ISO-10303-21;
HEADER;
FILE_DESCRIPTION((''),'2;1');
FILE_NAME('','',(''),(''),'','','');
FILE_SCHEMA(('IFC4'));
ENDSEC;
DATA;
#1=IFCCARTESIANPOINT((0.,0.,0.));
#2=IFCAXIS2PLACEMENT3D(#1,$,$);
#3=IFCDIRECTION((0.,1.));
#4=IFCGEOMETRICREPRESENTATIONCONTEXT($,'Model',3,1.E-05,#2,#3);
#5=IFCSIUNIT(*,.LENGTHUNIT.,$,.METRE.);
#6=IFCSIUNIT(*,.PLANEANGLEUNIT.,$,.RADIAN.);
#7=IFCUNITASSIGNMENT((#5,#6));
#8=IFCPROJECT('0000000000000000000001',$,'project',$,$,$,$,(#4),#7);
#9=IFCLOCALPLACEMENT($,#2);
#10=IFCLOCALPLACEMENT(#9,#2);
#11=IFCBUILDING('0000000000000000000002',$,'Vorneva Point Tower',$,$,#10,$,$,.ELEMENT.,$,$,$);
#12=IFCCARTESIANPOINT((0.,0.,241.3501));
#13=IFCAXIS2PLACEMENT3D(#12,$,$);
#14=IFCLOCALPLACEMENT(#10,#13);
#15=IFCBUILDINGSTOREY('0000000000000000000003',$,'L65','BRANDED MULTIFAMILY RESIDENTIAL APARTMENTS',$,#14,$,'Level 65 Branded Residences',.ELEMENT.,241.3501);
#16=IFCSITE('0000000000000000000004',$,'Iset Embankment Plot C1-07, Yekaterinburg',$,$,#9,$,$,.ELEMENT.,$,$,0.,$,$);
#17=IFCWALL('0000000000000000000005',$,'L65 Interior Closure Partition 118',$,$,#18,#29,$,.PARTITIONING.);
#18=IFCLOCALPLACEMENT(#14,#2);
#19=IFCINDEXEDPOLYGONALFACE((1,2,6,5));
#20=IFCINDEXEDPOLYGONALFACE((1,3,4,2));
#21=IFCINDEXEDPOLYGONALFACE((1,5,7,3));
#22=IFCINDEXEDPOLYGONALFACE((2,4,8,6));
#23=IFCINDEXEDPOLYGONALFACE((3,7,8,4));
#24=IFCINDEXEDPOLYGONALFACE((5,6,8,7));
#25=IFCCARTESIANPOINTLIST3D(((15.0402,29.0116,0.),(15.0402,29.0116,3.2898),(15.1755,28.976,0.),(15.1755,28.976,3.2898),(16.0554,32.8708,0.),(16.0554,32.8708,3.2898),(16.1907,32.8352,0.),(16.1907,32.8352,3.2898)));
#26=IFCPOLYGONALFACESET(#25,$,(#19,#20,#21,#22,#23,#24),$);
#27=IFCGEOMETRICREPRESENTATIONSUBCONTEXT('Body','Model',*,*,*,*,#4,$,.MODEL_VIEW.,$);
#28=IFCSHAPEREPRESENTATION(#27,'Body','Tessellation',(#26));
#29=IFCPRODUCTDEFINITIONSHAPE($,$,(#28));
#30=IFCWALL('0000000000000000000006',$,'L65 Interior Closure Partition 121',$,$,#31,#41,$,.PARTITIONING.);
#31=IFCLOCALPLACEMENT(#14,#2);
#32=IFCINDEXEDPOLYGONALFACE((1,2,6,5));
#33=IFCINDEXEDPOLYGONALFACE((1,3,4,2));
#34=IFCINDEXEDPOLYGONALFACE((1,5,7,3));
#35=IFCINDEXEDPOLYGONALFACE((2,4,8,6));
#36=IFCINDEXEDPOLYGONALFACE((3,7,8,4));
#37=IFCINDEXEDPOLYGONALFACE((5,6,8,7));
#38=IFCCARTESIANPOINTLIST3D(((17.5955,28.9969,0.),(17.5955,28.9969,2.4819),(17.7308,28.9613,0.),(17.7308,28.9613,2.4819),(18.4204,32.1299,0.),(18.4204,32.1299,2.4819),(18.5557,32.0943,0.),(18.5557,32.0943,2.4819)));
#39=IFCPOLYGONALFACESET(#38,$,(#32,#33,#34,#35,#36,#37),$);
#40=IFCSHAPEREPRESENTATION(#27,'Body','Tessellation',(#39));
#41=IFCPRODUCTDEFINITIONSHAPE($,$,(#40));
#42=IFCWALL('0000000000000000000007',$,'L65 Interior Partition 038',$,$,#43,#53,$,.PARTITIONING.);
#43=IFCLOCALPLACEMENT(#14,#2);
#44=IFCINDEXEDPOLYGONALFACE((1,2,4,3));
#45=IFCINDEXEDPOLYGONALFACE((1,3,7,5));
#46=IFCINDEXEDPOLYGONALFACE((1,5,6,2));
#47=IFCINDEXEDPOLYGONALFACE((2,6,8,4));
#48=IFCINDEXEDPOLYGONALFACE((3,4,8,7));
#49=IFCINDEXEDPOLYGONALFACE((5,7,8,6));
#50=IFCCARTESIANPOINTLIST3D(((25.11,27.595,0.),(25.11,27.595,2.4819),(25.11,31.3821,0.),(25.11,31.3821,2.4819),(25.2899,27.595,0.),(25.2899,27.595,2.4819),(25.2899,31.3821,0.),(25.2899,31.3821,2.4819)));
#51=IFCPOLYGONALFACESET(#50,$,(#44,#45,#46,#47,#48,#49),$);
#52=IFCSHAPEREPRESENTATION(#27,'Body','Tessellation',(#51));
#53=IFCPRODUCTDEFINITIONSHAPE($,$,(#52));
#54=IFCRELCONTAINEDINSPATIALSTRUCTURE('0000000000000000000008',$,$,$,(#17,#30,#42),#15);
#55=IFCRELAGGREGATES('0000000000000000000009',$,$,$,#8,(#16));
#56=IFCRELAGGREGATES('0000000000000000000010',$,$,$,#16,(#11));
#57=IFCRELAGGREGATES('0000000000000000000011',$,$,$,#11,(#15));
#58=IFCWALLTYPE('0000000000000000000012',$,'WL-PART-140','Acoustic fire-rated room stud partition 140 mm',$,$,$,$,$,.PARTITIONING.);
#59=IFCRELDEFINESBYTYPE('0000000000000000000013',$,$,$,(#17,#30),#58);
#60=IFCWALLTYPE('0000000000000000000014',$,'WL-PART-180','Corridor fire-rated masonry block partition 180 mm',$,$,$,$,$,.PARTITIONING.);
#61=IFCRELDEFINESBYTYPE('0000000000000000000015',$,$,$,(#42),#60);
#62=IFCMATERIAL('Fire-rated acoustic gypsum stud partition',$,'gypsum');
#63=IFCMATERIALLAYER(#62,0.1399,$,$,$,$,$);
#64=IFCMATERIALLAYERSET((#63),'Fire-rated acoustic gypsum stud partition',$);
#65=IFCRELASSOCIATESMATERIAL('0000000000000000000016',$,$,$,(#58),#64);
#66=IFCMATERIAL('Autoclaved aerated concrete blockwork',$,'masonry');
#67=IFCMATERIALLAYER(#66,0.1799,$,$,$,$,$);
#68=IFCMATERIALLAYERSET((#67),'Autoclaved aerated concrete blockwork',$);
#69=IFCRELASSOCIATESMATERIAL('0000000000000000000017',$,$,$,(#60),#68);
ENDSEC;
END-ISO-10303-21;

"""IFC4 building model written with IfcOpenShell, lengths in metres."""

from ifc_helpers import new_model, si_unit, direction, frame, frame_2d, origin, place, context, subcontext, project, spatial, rectangle, extrude, material, layer, layer_set, type_object, element, save


model = new_model("IFC4")

# Units and contexts
model_context = context("Model", 3, precision=1e-05, world=origin(), true_north=direction((0.0, 1.0)))
body_context = subcontext(model_context, "Body", "Model", "MODEL_VIEW")
ifc_project = project(units=[si_unit("LENGTHUNIT", "METRE"), si_unit("PLANEANGLEUNIT", "RADIAN")], contexts=[model_context])

# Site, building, storey
site_placement = place(None, origin())
site = spatial("IfcSite", under=ifc_project, at=site_placement, Name="Iset Embankment Plot C1-07, Yekaterinburg", CompositionType="ELEMENT", RefElevation=0.0)
building_placement = place(site_placement, origin())
building = spatial("IfcBuilding", under=site, at=building_placement, Name="Vorneva Point Tower", CompositionType="ELEMENT")
storey_placement = place(building_placement, frame((0.0, 0.0, 241.3501)))
storey = spatial("IfcBuildingStorey", under=building, at=storey_placement, Name="L65", Description="BRANDED MULTIFAMILY RESIDENTIAL APARTMENTS", LongName="Level 65 Branded Residences", CompositionType="ELEMENT", Elevation=241.3501)

# Shared definitions
ifc_material_1 = material(Name="Fire-rated acoustic gypsum stud partition", Category="gypsum")

# Walls
ifc_layer_1 = layer(ifc_material_1, 0.1399)
ifc_layer_set_1 = layer_set([ifc_layer_1], Name="Fire-rated acoustic gypsum stud partition")
wall_type_1 = type_object("IfcWallType", Name="WL-PART-140", Description="Acoustic fire-rated room stud partition 140 mm", PredefinedType="PARTITIONING", material=ifc_layer_set_1)
wall_1_placement = place(storey_placement, frame((15.1079, 28.9939, 0.0), z_axis=(0.0, 0.0, 1.0), x_axis=(0.254394, 0.967101, 0.0)))
element("IfcWall", 1, at=wall_1_placement, inside=storey, type_object=wall_type_1, Name="L65 Interior Closure Partition 118", PredefinedType="PARTITIONING", context=body_context, shape_type="SweptSolid", body=[
    extrude(rectangle(XDim=3.9905, YDim=0.1399, at=frame_2d((1.9951, 0.0))), origin(), (0.0, 0.0, 1.0), 3.2898),
])
wall_2_placement = place(storey_placement, frame((18.488, 32.1121, 0.0), z_axis=(0.0, 0.0, 1.0), x_axis=(-0.254627, -0.967039, 0.0)))
element("IfcWall", 2, at=wall_2_placement, inside=storey, type_object=wall_type_1, Name="L65 Interior Closure Partition 121", PredefinedType="PARTITIONING", context=body_context, shape_type="SweptSolid", body=[
    extrude(rectangle(XDim=3.2397, YDim=0.1399, at=frame_2d((1.6199, 0.0))), origin(), (0.0, 0.0, 1.0), 2.4819),
])

# Shared definitions
ifc_material_2 = material(Name="Autoclaved aerated concrete blockwork", Category="masonry")
ifc_layer_2 = layer(ifc_material_2, 0.1799)
ifc_layer_set_2 = layer_set([ifc_layer_2], Name="Autoclaved aerated concrete blockwork")
wall_type_2 = type_object("IfcWallType", Name="WL-PART-180", Description="Corridor fire-rated masonry block partition 180 mm", PredefinedType="PARTITIONING", material=ifc_layer_set_2)

# Wall
wall_3_placement = place(storey_placement, frame((25.2, 31.3821, 0.0), z_axis=(0.0, 0.0, 1.0), x_axis=(0.0, -1.0, 0.0)))
element("IfcWall", 3, at=wall_3_placement, inside=storey, type_object=wall_type_2, Name="L65 Interior Partition 038", PredefinedType="PARTITIONING", context=body_context, shape_type="SweptSolid", body=[
    extrude(rectangle(XDim=3.7871, YDim=0.1799, at=frame_2d((1.8936, 0.0))), origin(), (0.0, 0.0, 1.0), 2.4819),
])

save(model, "model.ifc")
